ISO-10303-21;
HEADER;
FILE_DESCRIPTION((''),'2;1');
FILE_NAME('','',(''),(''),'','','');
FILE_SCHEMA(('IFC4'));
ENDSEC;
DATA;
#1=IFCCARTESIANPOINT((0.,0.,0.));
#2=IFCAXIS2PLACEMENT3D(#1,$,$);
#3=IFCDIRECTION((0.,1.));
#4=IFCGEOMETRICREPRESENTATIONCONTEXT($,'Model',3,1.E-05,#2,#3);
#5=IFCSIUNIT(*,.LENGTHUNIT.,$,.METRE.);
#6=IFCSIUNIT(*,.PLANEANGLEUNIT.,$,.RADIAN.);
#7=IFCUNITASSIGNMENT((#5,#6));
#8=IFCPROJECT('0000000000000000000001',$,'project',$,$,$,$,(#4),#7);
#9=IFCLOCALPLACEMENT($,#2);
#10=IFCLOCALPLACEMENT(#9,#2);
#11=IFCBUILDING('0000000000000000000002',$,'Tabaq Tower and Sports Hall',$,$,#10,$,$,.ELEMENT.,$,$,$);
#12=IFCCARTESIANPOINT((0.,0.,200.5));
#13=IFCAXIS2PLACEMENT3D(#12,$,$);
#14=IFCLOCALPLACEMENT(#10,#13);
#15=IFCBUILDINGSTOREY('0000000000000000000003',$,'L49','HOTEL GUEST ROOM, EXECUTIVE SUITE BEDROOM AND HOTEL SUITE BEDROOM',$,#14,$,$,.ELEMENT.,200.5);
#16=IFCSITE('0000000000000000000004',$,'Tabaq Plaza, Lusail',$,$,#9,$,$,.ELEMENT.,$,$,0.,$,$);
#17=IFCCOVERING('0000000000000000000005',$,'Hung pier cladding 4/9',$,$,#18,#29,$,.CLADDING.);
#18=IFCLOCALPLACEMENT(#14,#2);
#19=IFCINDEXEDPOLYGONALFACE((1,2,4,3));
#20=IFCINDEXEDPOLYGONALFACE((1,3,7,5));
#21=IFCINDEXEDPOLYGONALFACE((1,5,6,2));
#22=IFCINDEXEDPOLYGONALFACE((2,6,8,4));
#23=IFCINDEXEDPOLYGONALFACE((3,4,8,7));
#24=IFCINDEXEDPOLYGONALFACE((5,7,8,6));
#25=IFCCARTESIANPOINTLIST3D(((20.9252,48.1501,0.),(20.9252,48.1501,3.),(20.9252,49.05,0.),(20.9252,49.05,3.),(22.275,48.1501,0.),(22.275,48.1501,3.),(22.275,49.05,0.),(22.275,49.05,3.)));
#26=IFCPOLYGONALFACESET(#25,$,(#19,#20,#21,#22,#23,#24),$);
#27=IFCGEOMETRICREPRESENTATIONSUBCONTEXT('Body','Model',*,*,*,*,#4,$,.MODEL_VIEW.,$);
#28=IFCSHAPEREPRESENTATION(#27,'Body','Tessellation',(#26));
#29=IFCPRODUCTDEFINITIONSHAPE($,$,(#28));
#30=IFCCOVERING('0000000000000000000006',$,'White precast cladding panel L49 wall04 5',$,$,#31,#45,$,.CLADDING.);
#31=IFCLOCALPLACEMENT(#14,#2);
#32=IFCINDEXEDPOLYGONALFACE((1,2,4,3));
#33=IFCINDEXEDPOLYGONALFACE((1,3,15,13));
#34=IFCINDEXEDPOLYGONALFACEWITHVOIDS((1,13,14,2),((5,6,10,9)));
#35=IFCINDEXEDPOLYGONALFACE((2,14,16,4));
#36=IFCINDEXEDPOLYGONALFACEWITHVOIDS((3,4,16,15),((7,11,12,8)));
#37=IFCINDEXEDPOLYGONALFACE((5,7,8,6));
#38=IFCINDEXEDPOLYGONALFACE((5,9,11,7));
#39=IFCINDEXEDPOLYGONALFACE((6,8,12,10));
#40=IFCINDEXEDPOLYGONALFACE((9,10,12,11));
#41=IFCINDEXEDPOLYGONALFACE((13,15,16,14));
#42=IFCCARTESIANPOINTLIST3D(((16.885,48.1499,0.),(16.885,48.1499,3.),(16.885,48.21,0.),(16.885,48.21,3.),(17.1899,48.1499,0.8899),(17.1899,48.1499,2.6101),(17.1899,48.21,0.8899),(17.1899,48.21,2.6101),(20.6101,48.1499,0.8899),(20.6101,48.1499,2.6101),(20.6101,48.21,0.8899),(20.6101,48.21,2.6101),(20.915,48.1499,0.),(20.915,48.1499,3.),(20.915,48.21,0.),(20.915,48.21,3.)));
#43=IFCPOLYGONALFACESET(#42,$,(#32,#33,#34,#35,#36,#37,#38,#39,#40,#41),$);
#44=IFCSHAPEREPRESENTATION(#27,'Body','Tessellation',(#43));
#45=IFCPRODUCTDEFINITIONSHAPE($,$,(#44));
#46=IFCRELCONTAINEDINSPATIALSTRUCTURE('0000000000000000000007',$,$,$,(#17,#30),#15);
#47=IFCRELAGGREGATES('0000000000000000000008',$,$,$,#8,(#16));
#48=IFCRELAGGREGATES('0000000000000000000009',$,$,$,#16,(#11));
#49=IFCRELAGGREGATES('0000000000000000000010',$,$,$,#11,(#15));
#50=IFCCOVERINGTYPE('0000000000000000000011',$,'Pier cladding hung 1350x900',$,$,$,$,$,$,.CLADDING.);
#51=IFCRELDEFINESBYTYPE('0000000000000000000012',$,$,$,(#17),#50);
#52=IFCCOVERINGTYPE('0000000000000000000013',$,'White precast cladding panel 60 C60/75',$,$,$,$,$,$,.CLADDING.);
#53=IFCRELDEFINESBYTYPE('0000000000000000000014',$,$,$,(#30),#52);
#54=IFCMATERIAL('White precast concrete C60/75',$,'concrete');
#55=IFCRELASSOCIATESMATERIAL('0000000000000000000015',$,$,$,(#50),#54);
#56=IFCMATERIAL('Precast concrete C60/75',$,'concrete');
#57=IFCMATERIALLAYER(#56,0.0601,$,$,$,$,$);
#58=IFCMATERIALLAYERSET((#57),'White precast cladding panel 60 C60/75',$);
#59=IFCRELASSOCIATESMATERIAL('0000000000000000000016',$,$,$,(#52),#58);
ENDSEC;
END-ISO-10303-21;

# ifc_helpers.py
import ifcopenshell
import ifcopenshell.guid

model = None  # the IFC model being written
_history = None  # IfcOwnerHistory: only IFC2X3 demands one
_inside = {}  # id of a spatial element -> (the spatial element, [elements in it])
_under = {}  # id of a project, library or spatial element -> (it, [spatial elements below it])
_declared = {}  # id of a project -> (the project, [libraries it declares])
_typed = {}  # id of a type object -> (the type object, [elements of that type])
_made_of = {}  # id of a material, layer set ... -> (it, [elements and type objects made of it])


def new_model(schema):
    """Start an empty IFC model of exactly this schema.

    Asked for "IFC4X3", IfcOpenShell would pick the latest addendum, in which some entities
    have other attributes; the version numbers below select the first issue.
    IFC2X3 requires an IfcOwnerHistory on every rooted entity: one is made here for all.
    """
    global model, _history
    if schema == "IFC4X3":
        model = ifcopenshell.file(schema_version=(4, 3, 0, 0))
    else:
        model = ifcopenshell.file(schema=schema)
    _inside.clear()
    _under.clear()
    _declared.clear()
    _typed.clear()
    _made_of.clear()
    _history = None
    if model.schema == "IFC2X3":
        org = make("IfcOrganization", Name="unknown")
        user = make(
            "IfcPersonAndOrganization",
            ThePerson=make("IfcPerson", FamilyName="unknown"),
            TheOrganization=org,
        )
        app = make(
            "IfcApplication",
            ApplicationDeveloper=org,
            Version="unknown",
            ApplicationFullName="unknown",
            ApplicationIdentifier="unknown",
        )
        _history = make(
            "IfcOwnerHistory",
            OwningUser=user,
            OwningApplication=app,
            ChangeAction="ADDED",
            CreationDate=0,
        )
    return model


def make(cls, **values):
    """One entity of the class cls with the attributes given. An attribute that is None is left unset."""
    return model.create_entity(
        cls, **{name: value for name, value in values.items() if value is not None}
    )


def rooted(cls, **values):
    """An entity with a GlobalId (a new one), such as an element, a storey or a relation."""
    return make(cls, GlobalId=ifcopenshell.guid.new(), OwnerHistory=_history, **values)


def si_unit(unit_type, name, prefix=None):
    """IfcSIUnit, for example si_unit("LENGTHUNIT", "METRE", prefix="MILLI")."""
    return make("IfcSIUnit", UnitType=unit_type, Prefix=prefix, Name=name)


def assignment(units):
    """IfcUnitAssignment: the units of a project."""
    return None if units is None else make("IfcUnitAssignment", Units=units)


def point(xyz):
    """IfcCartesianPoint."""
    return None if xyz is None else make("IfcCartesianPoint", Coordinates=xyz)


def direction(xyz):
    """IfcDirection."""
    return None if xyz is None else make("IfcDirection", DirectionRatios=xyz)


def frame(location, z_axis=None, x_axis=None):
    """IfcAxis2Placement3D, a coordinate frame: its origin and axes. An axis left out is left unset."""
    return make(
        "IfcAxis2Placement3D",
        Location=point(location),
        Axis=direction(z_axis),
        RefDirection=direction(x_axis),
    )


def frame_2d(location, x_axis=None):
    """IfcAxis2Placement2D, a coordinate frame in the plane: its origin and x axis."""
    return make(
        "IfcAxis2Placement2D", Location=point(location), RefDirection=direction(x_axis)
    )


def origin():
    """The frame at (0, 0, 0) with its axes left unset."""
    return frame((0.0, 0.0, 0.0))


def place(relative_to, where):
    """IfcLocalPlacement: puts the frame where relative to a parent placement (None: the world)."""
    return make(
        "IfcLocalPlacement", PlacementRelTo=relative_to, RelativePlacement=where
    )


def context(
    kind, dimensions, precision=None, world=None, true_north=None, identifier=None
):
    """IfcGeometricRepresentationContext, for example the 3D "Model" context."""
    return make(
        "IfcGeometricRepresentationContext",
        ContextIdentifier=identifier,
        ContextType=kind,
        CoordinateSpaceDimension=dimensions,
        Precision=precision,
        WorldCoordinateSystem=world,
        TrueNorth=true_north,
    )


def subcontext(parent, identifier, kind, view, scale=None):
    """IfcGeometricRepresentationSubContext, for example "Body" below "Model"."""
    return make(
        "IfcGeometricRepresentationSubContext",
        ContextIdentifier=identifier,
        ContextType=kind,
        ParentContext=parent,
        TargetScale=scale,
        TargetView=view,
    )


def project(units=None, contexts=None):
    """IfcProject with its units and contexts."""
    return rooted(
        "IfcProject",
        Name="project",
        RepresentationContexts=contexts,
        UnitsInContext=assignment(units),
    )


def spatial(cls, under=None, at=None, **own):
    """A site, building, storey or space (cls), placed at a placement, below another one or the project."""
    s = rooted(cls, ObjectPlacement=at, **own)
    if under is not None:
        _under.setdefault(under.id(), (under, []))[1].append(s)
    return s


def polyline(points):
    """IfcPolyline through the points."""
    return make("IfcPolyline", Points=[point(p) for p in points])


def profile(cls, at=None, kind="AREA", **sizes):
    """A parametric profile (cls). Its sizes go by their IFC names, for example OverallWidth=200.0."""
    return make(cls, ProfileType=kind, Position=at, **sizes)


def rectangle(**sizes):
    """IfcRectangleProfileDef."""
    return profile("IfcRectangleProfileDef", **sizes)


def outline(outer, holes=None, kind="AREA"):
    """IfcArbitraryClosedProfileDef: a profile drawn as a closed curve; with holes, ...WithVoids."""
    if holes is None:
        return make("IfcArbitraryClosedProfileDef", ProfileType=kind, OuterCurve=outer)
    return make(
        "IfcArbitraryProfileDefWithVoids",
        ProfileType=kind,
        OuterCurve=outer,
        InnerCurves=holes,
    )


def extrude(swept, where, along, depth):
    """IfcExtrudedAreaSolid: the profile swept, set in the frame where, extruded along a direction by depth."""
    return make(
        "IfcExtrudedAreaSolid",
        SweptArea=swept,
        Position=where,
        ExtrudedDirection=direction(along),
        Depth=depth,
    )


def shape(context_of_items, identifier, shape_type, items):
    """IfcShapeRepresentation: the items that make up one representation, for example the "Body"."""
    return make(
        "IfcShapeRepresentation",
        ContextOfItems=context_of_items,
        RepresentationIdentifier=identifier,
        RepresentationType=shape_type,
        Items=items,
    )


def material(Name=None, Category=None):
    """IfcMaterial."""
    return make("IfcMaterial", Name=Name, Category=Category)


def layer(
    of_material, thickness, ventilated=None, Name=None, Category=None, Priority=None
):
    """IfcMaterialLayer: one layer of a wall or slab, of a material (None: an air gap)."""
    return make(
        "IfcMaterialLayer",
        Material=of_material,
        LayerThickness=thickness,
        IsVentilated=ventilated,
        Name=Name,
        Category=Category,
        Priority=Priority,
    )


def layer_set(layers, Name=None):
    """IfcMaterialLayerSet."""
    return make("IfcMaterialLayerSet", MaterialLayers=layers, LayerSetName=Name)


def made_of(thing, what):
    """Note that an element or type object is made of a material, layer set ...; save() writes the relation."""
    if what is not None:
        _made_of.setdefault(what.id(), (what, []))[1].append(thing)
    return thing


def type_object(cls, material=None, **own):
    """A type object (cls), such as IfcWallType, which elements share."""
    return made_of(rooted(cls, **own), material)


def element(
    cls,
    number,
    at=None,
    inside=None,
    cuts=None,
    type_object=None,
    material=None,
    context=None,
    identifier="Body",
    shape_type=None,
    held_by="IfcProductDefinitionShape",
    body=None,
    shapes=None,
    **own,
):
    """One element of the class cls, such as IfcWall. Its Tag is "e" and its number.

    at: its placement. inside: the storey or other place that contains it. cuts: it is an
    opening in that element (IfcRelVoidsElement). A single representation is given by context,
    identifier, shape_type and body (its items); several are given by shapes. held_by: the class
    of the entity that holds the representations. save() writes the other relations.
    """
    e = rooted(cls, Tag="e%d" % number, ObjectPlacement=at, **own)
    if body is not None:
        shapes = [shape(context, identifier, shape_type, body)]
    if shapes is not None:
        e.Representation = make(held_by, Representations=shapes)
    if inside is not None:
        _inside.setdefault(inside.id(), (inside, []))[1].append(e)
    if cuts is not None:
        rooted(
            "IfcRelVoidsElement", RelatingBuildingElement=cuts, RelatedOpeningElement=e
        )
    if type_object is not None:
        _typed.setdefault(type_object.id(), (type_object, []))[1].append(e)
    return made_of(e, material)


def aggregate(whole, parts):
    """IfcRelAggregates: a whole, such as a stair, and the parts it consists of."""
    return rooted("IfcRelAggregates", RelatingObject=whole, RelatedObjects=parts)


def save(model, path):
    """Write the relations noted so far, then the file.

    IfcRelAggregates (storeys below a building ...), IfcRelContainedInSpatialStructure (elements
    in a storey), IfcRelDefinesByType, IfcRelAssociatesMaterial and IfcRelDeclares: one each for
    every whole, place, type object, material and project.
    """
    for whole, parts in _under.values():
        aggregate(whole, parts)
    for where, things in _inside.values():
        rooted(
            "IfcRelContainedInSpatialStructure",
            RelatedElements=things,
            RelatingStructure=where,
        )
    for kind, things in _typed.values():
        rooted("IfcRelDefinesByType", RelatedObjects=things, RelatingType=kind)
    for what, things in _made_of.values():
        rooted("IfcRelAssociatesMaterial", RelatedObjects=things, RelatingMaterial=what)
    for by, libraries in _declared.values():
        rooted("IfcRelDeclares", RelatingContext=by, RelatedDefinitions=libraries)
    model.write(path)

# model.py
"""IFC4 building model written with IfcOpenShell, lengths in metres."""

from ifc_helpers import new_model, si_unit, direction, frame, frame_2d, origin, place, context, subcontext, project, spatial, polyline, rectangle, outline, extrude, material, layer, layer_set, type_object, element, save


model = new_model("IFC4")

# Units and contexts
model_context = context("Model", 3, precision=1e-05, world=origin(), true_north=direction((0.0, 1.0)))
body_context = subcontext(model_context, "Body", "Model", "MODEL_VIEW")
ifc_project = project(units=[si_unit("LENGTHUNIT", "METRE"), si_unit("PLANEANGLEUNIT", "RADIAN")], contexts=[model_context])

# Site, building, storey
site_placement = place(None, origin())
site = spatial("IfcSite", under=ifc_project, at=site_placement, Name="Tabaq Plaza, Lusail", CompositionType="ELEMENT", RefElevation=0.0)
building_placement = place(site_placement, origin())
building = spatial("IfcBuilding", under=site, at=building_placement, Name="Tabaq Tower and Sports Hall", CompositionType="ELEMENT")
storey_placement = place(building_placement, frame((0.0, 0.0, 200.5)))
storey = spatial("IfcBuildingStorey", under=building, at=storey_placement, Name="L49", Description="HOTEL GUEST ROOM, EXECUTIVE SUITE BEDROOM AND HOTEL SUITE BEDROOM", CompositionType="ELEMENT", Elevation=200.5)

# Coverings
ifc_material_1 = material(Name="White precast concrete C60/75", Category="concrete")
covering_type_1 = type_object("IfcCoveringType", Name="Pier cladding hung 1350x900", PredefinedType="CLADDING", material=ifc_material_1)
covering_1_placement = place(storey_placement, frame((22.2749, 48.6001, 0.0), z_axis=(0.0, 0.0, 1.0), x_axis=(-1.0, 0.0, 0.0)))
element("IfcCovering", 1, at=covering_1_placement, inside=storey, type_object=covering_type_1, Name="Hung pier cladding 4/9", PredefinedType="CLADDING", context=body_context, shape_type="SweptSolid", body=[
    extrude(rectangle(XDim=1.3499, YDim=0.8999, at=frame_2d((0.6748, 0.0))), origin(), (0.0, 0.0, 1.0), 3.0),
])
ifc_material_2 = material(Name="Precast concrete C60/75", Category="concrete")
ifc_layer_1 = layer(ifc_material_2, 0.0601)
ifc_layer_set_1 = layer_set([ifc_layer_1], Name="White precast cladding panel 60 C60/75")
covering_type_2 = type_object("IfcCoveringType", Name="White precast cladding panel 60 C60/75", PredefinedType="CLADDING", material=ifc_layer_set_1)
covering_2_placement = place(storey_placement, frame((20.915, 48.1799, 0.0), z_axis=(0.0, 0.0, 1.0), x_axis=(-1.0, 0.0, 0.0)))
element("IfcCovering", 2, at=covering_2_placement, inside=storey, type_object=covering_type_2, Name="White precast cladding panel L49 wall04 5", PredefinedType="CLADDING", context=body_context, shape_type="SweptSolid", body=[
    extrude(outline(polyline([(0.0, 0.0), (4.03, 0.0), (4.03, 3.0), (0.0, 3.0), (0.0, 0.0)]), holes=[polyline([(0.3049, 0.8899), (0.3049, 2.6101), (3.7251, 2.6101), (3.7251, 0.8899), (0.3049, 0.8899)])]), frame((0.0, 0.03, 0.0), z_axis=(0.0, -1.0, 0.0), x_axis=(1.0, 0.0, 0.0)), (0.0, 0.0, 1.0), 0.0601),
])

save(model, "model.ifc")
